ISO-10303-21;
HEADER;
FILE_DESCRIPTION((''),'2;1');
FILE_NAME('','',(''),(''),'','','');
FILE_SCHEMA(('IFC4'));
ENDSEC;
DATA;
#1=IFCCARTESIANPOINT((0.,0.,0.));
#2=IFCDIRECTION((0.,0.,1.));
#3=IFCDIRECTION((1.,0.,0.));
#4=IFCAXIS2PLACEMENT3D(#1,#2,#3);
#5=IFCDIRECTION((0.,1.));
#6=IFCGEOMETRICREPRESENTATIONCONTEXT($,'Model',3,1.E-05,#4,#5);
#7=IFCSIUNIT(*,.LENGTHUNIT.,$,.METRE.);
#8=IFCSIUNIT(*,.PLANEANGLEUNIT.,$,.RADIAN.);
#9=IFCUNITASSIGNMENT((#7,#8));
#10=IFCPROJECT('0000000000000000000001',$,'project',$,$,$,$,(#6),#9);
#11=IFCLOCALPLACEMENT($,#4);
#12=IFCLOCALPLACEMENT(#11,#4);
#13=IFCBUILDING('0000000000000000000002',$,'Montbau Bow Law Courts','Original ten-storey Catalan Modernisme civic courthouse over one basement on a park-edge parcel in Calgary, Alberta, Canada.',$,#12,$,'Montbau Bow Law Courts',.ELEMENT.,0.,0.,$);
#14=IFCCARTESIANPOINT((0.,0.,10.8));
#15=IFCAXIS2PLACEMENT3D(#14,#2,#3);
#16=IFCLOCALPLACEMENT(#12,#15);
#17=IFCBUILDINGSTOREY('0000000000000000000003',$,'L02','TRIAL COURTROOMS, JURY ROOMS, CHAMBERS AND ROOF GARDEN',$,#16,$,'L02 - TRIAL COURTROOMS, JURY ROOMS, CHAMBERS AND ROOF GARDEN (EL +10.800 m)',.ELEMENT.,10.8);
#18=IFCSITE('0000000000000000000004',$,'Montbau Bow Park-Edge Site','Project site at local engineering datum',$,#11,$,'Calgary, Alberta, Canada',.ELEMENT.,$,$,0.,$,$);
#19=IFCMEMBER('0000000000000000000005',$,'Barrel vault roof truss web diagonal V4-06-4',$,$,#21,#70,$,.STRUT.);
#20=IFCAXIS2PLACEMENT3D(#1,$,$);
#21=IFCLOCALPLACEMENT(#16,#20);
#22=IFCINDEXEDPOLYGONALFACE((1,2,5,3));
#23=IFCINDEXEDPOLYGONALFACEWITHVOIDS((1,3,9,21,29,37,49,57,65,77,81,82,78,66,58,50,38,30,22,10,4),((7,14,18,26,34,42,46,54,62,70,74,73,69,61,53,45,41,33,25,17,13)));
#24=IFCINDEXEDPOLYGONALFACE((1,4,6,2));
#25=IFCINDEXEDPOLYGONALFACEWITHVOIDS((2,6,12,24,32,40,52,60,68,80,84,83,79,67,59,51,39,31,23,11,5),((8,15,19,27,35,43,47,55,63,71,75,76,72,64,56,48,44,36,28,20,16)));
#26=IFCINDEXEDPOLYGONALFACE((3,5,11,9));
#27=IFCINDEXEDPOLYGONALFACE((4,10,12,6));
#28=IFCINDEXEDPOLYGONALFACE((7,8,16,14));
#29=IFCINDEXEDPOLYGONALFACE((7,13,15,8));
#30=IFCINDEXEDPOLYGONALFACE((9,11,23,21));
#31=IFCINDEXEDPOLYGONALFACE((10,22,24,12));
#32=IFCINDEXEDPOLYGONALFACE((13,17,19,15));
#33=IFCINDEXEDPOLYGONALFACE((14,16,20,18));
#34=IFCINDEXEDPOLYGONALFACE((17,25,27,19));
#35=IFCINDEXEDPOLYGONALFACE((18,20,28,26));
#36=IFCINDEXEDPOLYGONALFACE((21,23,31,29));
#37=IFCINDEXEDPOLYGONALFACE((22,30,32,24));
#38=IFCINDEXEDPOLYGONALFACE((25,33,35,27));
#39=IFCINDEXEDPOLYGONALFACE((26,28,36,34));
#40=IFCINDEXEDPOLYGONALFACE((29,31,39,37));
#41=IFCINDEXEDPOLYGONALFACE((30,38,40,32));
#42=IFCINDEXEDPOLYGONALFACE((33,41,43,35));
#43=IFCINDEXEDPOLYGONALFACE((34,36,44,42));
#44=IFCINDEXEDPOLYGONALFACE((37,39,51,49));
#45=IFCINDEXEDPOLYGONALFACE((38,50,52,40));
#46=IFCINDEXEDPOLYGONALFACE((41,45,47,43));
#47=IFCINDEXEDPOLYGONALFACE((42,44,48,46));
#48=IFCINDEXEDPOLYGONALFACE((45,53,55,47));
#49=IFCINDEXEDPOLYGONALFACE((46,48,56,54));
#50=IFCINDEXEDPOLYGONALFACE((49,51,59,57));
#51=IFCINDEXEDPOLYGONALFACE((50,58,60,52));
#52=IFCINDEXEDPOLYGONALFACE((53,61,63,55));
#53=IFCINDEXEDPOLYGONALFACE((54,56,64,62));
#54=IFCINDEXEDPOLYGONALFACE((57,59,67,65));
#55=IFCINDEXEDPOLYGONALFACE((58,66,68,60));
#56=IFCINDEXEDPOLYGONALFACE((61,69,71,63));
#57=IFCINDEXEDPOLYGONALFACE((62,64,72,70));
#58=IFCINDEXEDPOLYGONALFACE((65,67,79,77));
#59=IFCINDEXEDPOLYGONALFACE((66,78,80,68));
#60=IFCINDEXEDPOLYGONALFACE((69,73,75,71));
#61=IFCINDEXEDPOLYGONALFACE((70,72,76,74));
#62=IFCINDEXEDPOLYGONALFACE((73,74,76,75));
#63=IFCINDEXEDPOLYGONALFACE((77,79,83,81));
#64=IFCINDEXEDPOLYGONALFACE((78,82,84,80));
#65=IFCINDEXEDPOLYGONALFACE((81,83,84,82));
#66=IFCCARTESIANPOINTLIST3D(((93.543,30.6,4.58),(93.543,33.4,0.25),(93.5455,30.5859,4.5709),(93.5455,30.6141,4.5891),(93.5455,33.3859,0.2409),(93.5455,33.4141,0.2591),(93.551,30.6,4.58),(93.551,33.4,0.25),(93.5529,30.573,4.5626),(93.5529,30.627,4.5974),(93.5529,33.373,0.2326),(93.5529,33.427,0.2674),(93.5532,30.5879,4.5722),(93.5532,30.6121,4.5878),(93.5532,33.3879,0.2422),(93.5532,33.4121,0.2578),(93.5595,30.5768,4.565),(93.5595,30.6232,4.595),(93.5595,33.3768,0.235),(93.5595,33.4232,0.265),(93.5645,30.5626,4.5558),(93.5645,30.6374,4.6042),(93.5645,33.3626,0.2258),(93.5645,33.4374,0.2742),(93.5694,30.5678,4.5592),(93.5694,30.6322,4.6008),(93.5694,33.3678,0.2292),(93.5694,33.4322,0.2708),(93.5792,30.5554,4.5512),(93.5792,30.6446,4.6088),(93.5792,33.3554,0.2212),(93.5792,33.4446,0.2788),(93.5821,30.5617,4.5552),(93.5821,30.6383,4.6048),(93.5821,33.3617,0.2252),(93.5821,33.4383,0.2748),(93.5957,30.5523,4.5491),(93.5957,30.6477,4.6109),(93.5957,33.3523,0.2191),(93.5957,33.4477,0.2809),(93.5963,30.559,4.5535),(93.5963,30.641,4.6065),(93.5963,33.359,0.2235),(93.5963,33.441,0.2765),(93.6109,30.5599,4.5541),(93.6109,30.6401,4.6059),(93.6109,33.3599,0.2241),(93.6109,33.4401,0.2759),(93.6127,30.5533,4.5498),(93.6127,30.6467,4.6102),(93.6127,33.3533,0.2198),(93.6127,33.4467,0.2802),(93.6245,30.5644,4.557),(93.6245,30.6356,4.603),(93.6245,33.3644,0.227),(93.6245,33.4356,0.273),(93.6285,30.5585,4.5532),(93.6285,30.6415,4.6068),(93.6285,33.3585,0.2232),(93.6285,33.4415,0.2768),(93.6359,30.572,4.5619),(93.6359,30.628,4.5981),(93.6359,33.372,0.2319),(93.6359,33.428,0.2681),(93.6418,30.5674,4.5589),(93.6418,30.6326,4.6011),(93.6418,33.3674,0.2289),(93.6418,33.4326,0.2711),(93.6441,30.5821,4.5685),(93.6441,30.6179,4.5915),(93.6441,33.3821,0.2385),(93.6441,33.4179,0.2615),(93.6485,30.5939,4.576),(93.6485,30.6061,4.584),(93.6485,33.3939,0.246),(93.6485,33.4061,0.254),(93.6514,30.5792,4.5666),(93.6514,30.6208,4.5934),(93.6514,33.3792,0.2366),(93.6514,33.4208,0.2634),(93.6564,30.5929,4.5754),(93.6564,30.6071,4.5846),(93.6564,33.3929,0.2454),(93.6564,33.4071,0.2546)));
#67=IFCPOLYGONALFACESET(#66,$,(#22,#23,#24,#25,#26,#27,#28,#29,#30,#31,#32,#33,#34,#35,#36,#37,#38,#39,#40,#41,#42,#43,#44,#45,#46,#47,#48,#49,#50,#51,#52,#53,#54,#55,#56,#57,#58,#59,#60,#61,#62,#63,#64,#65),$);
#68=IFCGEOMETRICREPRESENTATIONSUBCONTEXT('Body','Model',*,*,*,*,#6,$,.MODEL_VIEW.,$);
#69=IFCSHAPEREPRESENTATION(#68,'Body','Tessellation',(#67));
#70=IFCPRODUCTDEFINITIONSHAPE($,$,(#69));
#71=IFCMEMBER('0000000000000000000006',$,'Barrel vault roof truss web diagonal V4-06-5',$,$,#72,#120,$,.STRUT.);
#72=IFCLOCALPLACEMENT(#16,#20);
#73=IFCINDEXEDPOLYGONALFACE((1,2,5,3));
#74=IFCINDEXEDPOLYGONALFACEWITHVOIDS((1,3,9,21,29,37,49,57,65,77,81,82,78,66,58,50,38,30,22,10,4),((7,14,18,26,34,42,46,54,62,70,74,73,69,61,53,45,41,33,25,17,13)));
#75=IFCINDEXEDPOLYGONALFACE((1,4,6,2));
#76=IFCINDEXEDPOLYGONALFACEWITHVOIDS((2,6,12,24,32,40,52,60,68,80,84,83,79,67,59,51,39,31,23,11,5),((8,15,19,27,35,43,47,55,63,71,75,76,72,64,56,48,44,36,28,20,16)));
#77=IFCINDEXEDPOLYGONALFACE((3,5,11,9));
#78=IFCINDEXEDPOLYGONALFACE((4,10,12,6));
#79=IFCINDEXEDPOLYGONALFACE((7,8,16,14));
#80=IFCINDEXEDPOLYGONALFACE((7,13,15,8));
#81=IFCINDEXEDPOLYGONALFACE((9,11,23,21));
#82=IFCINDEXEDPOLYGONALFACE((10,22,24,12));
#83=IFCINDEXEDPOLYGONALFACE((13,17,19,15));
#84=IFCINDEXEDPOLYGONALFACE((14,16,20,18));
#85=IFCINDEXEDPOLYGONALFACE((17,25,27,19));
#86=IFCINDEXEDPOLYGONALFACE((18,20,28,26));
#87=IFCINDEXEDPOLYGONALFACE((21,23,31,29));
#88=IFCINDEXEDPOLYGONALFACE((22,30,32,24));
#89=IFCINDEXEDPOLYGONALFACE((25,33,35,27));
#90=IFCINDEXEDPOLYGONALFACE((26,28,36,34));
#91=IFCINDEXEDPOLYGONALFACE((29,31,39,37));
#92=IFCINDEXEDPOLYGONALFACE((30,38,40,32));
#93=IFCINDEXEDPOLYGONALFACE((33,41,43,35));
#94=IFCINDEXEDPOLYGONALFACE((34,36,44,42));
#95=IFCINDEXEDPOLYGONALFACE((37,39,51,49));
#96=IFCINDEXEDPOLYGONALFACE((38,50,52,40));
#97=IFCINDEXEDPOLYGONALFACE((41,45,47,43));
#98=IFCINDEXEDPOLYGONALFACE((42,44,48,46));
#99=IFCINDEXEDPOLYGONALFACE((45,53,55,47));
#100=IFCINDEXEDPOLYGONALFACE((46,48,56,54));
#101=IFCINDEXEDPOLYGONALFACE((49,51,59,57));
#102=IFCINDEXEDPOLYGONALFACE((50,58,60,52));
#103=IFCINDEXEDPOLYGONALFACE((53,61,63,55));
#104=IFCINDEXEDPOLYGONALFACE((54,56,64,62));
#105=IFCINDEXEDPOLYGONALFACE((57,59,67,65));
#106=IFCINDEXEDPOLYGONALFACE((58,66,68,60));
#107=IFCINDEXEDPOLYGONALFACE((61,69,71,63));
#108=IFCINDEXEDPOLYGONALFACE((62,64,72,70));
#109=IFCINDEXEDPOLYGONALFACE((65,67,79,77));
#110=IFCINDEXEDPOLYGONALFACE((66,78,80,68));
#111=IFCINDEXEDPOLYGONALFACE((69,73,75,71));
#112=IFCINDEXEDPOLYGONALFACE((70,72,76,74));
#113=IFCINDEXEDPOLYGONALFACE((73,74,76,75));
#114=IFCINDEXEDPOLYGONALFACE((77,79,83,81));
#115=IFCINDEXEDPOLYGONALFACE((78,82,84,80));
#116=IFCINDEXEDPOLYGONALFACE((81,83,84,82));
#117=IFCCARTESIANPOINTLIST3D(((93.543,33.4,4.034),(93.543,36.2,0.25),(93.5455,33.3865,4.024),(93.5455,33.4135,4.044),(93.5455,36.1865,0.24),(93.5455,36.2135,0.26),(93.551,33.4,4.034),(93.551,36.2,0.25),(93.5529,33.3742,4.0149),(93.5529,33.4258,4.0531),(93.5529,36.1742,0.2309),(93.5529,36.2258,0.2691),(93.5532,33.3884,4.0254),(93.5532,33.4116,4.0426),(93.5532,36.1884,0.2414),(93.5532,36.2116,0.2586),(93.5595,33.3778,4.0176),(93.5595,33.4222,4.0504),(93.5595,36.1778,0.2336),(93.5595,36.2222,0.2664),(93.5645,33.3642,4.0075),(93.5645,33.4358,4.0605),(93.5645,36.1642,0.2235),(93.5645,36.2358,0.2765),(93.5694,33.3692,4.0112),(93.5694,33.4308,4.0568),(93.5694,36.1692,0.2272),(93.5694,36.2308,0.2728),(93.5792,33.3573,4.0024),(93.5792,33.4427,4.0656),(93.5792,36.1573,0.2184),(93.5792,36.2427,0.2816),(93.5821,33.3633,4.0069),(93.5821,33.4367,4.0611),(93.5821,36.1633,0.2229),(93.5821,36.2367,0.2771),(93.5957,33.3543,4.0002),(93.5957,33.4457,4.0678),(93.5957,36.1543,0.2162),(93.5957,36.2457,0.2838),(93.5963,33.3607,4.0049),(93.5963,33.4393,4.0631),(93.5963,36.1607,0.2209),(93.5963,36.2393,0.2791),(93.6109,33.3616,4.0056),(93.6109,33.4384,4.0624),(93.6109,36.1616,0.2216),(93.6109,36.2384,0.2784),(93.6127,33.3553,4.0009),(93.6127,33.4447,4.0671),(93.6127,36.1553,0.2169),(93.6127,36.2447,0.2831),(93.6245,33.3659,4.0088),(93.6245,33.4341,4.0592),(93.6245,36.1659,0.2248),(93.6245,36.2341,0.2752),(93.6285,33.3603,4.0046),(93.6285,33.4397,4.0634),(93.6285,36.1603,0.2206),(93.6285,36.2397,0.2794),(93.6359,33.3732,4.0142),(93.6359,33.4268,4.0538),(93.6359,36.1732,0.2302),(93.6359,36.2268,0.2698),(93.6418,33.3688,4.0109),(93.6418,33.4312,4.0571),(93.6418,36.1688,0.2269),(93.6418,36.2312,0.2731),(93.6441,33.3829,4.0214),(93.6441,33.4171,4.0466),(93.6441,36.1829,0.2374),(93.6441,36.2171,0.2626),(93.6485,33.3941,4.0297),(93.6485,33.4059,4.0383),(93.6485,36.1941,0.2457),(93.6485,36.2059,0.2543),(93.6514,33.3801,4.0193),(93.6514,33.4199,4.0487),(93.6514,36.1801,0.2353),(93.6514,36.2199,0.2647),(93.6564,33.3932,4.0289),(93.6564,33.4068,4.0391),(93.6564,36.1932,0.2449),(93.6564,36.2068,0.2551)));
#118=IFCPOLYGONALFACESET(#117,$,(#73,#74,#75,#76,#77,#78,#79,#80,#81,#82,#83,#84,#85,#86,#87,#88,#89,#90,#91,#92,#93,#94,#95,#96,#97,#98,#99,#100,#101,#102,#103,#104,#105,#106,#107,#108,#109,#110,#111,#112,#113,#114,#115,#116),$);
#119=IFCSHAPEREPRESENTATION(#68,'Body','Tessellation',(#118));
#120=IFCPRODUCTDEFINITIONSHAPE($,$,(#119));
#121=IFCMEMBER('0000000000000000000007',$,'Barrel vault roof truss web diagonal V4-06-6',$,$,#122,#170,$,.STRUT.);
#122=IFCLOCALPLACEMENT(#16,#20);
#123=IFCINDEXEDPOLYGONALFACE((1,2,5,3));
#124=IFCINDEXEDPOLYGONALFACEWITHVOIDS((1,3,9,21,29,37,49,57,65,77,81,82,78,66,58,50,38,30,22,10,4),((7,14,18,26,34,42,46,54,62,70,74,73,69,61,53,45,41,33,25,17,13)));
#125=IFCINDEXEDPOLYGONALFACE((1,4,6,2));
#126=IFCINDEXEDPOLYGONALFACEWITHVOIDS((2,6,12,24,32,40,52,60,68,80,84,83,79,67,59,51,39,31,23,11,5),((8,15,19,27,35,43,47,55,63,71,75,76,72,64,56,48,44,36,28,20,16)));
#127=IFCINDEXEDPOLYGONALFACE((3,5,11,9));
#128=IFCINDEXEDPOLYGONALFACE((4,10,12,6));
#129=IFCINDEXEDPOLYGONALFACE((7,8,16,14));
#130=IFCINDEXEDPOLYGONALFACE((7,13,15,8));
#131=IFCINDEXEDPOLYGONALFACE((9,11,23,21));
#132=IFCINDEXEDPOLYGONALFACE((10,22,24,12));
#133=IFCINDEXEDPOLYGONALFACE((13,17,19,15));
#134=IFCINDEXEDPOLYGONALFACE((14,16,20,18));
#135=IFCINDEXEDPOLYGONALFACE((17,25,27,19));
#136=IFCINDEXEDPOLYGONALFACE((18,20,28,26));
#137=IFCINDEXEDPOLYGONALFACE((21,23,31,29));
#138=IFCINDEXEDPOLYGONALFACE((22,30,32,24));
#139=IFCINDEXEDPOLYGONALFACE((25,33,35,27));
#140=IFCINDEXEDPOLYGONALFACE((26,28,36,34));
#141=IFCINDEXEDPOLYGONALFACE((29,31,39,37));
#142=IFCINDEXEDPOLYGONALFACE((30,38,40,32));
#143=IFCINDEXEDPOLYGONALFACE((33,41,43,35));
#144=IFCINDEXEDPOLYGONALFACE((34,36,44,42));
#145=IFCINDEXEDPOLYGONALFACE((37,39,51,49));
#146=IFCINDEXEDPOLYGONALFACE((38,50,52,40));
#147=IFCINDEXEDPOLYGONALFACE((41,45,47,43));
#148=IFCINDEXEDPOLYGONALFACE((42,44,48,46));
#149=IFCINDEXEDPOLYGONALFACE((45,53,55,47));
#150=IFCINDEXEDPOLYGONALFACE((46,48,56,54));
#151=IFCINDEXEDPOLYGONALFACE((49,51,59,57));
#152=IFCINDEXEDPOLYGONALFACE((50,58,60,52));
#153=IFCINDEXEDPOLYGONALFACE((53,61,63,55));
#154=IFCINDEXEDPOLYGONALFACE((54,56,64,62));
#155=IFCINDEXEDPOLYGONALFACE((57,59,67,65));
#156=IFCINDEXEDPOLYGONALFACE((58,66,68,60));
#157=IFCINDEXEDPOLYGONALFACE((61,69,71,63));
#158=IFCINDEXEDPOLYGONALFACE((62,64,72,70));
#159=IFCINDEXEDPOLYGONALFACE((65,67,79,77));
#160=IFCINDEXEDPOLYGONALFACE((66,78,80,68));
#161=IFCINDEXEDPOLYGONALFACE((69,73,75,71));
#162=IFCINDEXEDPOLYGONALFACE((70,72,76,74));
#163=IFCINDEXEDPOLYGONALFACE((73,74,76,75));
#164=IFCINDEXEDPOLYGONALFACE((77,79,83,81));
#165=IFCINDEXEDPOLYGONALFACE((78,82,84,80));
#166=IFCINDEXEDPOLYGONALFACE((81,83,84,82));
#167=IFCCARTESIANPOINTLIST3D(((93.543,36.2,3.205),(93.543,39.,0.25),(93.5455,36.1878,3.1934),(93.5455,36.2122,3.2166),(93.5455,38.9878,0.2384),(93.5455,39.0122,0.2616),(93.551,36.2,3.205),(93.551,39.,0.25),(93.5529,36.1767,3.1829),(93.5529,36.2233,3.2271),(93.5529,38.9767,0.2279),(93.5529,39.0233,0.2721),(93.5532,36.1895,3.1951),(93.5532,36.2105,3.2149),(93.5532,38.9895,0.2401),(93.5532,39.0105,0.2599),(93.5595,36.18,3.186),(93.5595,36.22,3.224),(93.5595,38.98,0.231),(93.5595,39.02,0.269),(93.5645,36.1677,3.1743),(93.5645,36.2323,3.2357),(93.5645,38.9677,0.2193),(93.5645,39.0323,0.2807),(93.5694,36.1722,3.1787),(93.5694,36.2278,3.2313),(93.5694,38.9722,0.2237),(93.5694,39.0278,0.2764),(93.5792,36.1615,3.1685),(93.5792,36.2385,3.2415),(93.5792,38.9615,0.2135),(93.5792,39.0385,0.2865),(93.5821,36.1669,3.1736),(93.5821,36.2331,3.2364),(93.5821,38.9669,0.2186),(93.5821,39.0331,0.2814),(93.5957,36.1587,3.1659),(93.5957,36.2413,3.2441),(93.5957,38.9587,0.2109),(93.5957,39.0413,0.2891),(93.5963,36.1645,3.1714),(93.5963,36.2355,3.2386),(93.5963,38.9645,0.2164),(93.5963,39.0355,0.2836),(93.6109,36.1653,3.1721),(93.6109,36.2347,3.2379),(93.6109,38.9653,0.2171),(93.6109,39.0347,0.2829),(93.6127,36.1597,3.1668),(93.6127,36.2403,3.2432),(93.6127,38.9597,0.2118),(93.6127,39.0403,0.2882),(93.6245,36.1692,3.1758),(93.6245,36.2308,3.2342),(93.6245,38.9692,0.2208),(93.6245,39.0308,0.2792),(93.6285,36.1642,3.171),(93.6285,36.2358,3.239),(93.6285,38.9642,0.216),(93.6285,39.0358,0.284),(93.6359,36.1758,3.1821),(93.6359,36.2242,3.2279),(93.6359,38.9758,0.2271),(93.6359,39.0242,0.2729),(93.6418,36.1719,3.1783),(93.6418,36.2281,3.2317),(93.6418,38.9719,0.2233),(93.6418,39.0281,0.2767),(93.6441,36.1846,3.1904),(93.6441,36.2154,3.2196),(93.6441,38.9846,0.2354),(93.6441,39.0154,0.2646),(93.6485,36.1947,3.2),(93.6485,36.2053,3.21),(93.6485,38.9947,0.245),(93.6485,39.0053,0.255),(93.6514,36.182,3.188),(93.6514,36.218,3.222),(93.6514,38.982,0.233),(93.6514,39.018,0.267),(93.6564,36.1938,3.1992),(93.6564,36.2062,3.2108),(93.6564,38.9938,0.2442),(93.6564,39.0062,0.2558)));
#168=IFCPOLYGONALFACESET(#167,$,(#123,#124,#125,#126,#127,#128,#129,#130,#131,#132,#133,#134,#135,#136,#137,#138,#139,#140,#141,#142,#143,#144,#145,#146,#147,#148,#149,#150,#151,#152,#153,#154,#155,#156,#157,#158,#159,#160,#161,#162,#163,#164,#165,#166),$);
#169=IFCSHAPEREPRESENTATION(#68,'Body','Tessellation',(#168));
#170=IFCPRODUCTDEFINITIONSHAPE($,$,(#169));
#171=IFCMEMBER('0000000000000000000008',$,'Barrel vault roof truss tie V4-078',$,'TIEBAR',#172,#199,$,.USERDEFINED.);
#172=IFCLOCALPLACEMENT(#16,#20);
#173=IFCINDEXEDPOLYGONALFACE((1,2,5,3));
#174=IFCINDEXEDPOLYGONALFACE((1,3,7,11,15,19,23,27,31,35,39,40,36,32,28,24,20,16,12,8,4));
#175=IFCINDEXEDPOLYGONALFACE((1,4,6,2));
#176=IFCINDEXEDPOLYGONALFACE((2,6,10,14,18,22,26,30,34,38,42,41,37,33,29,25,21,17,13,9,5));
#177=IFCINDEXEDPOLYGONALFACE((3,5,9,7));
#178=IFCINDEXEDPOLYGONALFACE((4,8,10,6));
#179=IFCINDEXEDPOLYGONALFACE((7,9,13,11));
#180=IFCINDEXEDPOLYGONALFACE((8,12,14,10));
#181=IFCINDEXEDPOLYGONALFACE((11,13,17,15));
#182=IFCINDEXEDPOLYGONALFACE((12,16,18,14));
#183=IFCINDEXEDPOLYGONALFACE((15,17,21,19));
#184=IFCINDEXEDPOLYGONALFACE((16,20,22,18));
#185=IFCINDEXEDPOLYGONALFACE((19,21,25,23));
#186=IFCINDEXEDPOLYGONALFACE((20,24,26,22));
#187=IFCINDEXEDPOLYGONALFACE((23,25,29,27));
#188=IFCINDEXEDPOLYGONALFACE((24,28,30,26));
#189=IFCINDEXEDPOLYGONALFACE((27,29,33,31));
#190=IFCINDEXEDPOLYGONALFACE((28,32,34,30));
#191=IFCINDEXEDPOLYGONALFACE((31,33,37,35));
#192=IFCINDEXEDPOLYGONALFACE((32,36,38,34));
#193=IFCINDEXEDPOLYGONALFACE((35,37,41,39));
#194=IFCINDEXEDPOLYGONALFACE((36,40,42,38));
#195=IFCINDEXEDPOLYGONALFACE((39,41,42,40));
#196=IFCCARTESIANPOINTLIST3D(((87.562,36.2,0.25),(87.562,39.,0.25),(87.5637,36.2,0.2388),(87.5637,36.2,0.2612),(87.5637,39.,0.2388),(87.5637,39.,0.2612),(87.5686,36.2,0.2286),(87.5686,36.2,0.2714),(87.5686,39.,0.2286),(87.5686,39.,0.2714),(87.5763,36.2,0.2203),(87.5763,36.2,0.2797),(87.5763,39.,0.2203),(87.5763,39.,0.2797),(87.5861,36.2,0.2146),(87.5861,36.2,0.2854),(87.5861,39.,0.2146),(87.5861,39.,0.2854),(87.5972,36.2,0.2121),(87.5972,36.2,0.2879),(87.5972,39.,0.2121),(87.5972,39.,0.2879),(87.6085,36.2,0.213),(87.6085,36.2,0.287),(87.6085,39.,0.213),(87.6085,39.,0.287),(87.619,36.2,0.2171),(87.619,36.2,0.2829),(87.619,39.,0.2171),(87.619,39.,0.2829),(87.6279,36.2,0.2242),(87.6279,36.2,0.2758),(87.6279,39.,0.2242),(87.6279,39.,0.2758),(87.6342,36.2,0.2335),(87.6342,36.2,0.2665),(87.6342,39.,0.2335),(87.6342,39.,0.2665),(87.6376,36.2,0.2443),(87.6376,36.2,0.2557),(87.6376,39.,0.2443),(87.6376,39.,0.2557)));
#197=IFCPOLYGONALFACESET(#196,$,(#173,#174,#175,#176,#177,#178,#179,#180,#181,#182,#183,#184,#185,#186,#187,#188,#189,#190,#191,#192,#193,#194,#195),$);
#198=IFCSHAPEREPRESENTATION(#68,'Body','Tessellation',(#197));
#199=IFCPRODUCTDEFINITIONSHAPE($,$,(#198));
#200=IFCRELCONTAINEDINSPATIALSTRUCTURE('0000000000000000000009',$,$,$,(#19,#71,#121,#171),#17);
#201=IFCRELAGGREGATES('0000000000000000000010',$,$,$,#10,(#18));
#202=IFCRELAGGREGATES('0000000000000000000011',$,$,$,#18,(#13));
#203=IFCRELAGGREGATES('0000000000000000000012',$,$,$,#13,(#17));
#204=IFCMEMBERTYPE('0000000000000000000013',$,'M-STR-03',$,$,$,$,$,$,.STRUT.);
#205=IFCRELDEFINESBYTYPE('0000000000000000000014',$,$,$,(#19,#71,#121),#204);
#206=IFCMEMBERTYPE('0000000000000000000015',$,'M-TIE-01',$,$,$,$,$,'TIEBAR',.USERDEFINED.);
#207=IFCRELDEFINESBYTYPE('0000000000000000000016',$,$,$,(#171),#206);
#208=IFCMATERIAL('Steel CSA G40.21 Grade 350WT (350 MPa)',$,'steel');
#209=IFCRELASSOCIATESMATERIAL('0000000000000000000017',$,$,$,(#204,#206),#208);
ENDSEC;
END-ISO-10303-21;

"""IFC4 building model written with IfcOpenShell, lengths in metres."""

from ifc_helpers import new_model, si_unit, direction, frame, origin_with_axes, origin_2d_with_axis, place, context, subcontext, project, spatial, circle, hollow_circle, extrude, material, material_profile, profile_set, type_object, element, save


model = new_model("IFC4")

# Units and contexts
model_context = context("Model", 3, precision=1e-05, world=origin_with_axes(), true_north=direction((0.0, 1.0)))
body_context = subcontext(model_context, "Body", "Model", "MODEL_VIEW")
ifc_project = project(units=[si_unit("LENGTHUNIT", "METRE"), si_unit("PLANEANGLEUNIT", "RADIAN")], contexts=[model_context])

# Site, building, storey
site_placement = place(None, origin_with_axes())
site = spatial("IfcSite", under=ifc_project, at=site_placement, Name="Montbau Bow Park-Edge Site", Description="Project site at local engineering datum", LongName="Calgary, Alberta, Canada", CompositionType="ELEMENT", RefElevation=0.0)
building_placement = place(site_placement, origin_with_axes())
building = spatial("IfcBuilding", under=site, at=building_placement, Name="Montbau Bow Law Courts", Description="Original ten-storey Catalan Modernisme civic courthouse over one basement on a park-edge parcel in Calgary, Alberta, Canada.", LongName="Montbau Bow Law Courts", CompositionType="ELEMENT", ElevationOfRefHeight=0.0, ElevationOfTerrain=0.0)
storey_placement = place(building_placement, frame((0.0, 0.0, 10.8), z_axis=(0.0, 0.0, 1.0), x_axis=(1.0, 0.0, 0.0)))
storey = spatial("IfcBuildingStorey", under=building, at=storey_placement, Name="L02", Description="TRIAL COURTROOMS, JURY ROOMS, CHAMBERS AND ROOF GARDEN", LongName="L02 - TRIAL COURTROOMS, JURY ROOMS, CHAMBERS AND ROOF GARDEN (EL +10.800 m)", CompositionType="ELEMENT", Elevation=10.8)

# Shared definitions
ifc_material_1 = material(Name="Steel CSA G40.21 Grade 350WT (350 MPa)", Category="steel")

# Members
ifc_material_profile_1 = material_profile(ifc_material_1, hollow_circle(Radius=0.057, WallThickness=0.008, at=origin_2d_with_axis()), Name="HSS114X8.0", Category="Main", Priority=0)
ifc_profile_set_1 = profile_set([ifc_material_profile_1], Name="Steel CSA G40.21 Grade 350WT (350 MPa)")
member_type_1 = type_object("IfcMemberType", Name="M-STR-03", PredefinedType="STRUT", material=ifc_profile_set_1)
member_1_placement = place(None, frame((93.6, 30.6, 15.38), z_axis=(0.0, 0.54301, -0.839726), x_axis=(-1.0, 0.0, 0.0)))
element("IfcMember", 1, at=member_1_placement, inside=storey, type_object=member_type_1, Name="Barrel vault roof truss web diagonal V4-06-4", PredefinedType="STRUT", context=body_context, shape_type="SweptSolid", body=[
    extrude(hollow_circle(Radius=0.057, WallThickness=0.008, at=origin_2d_with_axis()), origin_with_axes(), (0.0, 0.0, 1.0), 5.1564),
])
member_2_placement = place(None, frame((93.6, 33.4, 14.834), z_axis=(0.0, 0.594821, -0.803858), x_axis=(-1.0, 0.0, 0.0)))
element("IfcMember", 2, at=member_2_placement, inside=storey, type_object=member_type_1, Name="Barrel vault roof truss web diagonal V4-06-5", PredefinedType="STRUT", context=body_context, shape_type="SweptSolid", body=[
    extrude(hollow_circle(Radius=0.057, WallThickness=0.008, at=origin_2d_with_axis()), origin_with_axes(), (0.0, 0.0, 1.0), 4.7073),
])
member_3_placement = place(None, frame((93.6, 36.2, 14.005), z_axis=(0.0, 0.687813, -0.725888), x_axis=(-1.0, 0.0, 0.0)))
element("IfcMember", 3, at=member_3_placement, inside=storey, type_object=member_type_1, Name="Barrel vault roof truss web diagonal V4-06-6", PredefinedType="STRUT", context=body_context, shape_type="SweptSolid", body=[
    extrude(hollow_circle(Radius=0.057, WallThickness=0.008, at=origin_2d_with_axis()), origin_with_axes(), (0.0, 0.0, 1.0), 4.0709),
])
ifc_material_profile_2 = material_profile(ifc_material_1, circle(Radius=0.038, at=origin_2d_with_axis()), Name="ROD76", Category="Main", Priority=0)
ifc_profile_set_2 = profile_set([ifc_material_profile_2], Name="Steel CSA G40.21 Grade 350WT (350 MPa)")
member_type_2 = type_object("IfcMemberType", Name="M-TIE-01", ElementType="TIEBAR", PredefinedType="USERDEFINED", material=ifc_profile_set_2)
for number, where, z_axis, x_axis, name in (
    (4, (87.6, 36.2, 11.05), (0.0, 1.0, 0.0), (-1.0, 0.0, 0.0), "Barrel vault roof truss tie V4-078"),
):
    element("IfcMember", number, at=place(None, frame(where, z_axis=z_axis, x_axis=x_axis)), inside=storey, type_object=member_type_2, Name=name, ObjectType="TIEBAR", PredefinedType="USERDEFINED", context=body_context, shape_type="SweptSolid", body=[
        extrude(circle(Radius=0.038, at=origin_2d_with_axis()), origin_with_axes(), (0.0, 0.0, 1.0), 2.8),
    ])

save(model, "model.ifc")
